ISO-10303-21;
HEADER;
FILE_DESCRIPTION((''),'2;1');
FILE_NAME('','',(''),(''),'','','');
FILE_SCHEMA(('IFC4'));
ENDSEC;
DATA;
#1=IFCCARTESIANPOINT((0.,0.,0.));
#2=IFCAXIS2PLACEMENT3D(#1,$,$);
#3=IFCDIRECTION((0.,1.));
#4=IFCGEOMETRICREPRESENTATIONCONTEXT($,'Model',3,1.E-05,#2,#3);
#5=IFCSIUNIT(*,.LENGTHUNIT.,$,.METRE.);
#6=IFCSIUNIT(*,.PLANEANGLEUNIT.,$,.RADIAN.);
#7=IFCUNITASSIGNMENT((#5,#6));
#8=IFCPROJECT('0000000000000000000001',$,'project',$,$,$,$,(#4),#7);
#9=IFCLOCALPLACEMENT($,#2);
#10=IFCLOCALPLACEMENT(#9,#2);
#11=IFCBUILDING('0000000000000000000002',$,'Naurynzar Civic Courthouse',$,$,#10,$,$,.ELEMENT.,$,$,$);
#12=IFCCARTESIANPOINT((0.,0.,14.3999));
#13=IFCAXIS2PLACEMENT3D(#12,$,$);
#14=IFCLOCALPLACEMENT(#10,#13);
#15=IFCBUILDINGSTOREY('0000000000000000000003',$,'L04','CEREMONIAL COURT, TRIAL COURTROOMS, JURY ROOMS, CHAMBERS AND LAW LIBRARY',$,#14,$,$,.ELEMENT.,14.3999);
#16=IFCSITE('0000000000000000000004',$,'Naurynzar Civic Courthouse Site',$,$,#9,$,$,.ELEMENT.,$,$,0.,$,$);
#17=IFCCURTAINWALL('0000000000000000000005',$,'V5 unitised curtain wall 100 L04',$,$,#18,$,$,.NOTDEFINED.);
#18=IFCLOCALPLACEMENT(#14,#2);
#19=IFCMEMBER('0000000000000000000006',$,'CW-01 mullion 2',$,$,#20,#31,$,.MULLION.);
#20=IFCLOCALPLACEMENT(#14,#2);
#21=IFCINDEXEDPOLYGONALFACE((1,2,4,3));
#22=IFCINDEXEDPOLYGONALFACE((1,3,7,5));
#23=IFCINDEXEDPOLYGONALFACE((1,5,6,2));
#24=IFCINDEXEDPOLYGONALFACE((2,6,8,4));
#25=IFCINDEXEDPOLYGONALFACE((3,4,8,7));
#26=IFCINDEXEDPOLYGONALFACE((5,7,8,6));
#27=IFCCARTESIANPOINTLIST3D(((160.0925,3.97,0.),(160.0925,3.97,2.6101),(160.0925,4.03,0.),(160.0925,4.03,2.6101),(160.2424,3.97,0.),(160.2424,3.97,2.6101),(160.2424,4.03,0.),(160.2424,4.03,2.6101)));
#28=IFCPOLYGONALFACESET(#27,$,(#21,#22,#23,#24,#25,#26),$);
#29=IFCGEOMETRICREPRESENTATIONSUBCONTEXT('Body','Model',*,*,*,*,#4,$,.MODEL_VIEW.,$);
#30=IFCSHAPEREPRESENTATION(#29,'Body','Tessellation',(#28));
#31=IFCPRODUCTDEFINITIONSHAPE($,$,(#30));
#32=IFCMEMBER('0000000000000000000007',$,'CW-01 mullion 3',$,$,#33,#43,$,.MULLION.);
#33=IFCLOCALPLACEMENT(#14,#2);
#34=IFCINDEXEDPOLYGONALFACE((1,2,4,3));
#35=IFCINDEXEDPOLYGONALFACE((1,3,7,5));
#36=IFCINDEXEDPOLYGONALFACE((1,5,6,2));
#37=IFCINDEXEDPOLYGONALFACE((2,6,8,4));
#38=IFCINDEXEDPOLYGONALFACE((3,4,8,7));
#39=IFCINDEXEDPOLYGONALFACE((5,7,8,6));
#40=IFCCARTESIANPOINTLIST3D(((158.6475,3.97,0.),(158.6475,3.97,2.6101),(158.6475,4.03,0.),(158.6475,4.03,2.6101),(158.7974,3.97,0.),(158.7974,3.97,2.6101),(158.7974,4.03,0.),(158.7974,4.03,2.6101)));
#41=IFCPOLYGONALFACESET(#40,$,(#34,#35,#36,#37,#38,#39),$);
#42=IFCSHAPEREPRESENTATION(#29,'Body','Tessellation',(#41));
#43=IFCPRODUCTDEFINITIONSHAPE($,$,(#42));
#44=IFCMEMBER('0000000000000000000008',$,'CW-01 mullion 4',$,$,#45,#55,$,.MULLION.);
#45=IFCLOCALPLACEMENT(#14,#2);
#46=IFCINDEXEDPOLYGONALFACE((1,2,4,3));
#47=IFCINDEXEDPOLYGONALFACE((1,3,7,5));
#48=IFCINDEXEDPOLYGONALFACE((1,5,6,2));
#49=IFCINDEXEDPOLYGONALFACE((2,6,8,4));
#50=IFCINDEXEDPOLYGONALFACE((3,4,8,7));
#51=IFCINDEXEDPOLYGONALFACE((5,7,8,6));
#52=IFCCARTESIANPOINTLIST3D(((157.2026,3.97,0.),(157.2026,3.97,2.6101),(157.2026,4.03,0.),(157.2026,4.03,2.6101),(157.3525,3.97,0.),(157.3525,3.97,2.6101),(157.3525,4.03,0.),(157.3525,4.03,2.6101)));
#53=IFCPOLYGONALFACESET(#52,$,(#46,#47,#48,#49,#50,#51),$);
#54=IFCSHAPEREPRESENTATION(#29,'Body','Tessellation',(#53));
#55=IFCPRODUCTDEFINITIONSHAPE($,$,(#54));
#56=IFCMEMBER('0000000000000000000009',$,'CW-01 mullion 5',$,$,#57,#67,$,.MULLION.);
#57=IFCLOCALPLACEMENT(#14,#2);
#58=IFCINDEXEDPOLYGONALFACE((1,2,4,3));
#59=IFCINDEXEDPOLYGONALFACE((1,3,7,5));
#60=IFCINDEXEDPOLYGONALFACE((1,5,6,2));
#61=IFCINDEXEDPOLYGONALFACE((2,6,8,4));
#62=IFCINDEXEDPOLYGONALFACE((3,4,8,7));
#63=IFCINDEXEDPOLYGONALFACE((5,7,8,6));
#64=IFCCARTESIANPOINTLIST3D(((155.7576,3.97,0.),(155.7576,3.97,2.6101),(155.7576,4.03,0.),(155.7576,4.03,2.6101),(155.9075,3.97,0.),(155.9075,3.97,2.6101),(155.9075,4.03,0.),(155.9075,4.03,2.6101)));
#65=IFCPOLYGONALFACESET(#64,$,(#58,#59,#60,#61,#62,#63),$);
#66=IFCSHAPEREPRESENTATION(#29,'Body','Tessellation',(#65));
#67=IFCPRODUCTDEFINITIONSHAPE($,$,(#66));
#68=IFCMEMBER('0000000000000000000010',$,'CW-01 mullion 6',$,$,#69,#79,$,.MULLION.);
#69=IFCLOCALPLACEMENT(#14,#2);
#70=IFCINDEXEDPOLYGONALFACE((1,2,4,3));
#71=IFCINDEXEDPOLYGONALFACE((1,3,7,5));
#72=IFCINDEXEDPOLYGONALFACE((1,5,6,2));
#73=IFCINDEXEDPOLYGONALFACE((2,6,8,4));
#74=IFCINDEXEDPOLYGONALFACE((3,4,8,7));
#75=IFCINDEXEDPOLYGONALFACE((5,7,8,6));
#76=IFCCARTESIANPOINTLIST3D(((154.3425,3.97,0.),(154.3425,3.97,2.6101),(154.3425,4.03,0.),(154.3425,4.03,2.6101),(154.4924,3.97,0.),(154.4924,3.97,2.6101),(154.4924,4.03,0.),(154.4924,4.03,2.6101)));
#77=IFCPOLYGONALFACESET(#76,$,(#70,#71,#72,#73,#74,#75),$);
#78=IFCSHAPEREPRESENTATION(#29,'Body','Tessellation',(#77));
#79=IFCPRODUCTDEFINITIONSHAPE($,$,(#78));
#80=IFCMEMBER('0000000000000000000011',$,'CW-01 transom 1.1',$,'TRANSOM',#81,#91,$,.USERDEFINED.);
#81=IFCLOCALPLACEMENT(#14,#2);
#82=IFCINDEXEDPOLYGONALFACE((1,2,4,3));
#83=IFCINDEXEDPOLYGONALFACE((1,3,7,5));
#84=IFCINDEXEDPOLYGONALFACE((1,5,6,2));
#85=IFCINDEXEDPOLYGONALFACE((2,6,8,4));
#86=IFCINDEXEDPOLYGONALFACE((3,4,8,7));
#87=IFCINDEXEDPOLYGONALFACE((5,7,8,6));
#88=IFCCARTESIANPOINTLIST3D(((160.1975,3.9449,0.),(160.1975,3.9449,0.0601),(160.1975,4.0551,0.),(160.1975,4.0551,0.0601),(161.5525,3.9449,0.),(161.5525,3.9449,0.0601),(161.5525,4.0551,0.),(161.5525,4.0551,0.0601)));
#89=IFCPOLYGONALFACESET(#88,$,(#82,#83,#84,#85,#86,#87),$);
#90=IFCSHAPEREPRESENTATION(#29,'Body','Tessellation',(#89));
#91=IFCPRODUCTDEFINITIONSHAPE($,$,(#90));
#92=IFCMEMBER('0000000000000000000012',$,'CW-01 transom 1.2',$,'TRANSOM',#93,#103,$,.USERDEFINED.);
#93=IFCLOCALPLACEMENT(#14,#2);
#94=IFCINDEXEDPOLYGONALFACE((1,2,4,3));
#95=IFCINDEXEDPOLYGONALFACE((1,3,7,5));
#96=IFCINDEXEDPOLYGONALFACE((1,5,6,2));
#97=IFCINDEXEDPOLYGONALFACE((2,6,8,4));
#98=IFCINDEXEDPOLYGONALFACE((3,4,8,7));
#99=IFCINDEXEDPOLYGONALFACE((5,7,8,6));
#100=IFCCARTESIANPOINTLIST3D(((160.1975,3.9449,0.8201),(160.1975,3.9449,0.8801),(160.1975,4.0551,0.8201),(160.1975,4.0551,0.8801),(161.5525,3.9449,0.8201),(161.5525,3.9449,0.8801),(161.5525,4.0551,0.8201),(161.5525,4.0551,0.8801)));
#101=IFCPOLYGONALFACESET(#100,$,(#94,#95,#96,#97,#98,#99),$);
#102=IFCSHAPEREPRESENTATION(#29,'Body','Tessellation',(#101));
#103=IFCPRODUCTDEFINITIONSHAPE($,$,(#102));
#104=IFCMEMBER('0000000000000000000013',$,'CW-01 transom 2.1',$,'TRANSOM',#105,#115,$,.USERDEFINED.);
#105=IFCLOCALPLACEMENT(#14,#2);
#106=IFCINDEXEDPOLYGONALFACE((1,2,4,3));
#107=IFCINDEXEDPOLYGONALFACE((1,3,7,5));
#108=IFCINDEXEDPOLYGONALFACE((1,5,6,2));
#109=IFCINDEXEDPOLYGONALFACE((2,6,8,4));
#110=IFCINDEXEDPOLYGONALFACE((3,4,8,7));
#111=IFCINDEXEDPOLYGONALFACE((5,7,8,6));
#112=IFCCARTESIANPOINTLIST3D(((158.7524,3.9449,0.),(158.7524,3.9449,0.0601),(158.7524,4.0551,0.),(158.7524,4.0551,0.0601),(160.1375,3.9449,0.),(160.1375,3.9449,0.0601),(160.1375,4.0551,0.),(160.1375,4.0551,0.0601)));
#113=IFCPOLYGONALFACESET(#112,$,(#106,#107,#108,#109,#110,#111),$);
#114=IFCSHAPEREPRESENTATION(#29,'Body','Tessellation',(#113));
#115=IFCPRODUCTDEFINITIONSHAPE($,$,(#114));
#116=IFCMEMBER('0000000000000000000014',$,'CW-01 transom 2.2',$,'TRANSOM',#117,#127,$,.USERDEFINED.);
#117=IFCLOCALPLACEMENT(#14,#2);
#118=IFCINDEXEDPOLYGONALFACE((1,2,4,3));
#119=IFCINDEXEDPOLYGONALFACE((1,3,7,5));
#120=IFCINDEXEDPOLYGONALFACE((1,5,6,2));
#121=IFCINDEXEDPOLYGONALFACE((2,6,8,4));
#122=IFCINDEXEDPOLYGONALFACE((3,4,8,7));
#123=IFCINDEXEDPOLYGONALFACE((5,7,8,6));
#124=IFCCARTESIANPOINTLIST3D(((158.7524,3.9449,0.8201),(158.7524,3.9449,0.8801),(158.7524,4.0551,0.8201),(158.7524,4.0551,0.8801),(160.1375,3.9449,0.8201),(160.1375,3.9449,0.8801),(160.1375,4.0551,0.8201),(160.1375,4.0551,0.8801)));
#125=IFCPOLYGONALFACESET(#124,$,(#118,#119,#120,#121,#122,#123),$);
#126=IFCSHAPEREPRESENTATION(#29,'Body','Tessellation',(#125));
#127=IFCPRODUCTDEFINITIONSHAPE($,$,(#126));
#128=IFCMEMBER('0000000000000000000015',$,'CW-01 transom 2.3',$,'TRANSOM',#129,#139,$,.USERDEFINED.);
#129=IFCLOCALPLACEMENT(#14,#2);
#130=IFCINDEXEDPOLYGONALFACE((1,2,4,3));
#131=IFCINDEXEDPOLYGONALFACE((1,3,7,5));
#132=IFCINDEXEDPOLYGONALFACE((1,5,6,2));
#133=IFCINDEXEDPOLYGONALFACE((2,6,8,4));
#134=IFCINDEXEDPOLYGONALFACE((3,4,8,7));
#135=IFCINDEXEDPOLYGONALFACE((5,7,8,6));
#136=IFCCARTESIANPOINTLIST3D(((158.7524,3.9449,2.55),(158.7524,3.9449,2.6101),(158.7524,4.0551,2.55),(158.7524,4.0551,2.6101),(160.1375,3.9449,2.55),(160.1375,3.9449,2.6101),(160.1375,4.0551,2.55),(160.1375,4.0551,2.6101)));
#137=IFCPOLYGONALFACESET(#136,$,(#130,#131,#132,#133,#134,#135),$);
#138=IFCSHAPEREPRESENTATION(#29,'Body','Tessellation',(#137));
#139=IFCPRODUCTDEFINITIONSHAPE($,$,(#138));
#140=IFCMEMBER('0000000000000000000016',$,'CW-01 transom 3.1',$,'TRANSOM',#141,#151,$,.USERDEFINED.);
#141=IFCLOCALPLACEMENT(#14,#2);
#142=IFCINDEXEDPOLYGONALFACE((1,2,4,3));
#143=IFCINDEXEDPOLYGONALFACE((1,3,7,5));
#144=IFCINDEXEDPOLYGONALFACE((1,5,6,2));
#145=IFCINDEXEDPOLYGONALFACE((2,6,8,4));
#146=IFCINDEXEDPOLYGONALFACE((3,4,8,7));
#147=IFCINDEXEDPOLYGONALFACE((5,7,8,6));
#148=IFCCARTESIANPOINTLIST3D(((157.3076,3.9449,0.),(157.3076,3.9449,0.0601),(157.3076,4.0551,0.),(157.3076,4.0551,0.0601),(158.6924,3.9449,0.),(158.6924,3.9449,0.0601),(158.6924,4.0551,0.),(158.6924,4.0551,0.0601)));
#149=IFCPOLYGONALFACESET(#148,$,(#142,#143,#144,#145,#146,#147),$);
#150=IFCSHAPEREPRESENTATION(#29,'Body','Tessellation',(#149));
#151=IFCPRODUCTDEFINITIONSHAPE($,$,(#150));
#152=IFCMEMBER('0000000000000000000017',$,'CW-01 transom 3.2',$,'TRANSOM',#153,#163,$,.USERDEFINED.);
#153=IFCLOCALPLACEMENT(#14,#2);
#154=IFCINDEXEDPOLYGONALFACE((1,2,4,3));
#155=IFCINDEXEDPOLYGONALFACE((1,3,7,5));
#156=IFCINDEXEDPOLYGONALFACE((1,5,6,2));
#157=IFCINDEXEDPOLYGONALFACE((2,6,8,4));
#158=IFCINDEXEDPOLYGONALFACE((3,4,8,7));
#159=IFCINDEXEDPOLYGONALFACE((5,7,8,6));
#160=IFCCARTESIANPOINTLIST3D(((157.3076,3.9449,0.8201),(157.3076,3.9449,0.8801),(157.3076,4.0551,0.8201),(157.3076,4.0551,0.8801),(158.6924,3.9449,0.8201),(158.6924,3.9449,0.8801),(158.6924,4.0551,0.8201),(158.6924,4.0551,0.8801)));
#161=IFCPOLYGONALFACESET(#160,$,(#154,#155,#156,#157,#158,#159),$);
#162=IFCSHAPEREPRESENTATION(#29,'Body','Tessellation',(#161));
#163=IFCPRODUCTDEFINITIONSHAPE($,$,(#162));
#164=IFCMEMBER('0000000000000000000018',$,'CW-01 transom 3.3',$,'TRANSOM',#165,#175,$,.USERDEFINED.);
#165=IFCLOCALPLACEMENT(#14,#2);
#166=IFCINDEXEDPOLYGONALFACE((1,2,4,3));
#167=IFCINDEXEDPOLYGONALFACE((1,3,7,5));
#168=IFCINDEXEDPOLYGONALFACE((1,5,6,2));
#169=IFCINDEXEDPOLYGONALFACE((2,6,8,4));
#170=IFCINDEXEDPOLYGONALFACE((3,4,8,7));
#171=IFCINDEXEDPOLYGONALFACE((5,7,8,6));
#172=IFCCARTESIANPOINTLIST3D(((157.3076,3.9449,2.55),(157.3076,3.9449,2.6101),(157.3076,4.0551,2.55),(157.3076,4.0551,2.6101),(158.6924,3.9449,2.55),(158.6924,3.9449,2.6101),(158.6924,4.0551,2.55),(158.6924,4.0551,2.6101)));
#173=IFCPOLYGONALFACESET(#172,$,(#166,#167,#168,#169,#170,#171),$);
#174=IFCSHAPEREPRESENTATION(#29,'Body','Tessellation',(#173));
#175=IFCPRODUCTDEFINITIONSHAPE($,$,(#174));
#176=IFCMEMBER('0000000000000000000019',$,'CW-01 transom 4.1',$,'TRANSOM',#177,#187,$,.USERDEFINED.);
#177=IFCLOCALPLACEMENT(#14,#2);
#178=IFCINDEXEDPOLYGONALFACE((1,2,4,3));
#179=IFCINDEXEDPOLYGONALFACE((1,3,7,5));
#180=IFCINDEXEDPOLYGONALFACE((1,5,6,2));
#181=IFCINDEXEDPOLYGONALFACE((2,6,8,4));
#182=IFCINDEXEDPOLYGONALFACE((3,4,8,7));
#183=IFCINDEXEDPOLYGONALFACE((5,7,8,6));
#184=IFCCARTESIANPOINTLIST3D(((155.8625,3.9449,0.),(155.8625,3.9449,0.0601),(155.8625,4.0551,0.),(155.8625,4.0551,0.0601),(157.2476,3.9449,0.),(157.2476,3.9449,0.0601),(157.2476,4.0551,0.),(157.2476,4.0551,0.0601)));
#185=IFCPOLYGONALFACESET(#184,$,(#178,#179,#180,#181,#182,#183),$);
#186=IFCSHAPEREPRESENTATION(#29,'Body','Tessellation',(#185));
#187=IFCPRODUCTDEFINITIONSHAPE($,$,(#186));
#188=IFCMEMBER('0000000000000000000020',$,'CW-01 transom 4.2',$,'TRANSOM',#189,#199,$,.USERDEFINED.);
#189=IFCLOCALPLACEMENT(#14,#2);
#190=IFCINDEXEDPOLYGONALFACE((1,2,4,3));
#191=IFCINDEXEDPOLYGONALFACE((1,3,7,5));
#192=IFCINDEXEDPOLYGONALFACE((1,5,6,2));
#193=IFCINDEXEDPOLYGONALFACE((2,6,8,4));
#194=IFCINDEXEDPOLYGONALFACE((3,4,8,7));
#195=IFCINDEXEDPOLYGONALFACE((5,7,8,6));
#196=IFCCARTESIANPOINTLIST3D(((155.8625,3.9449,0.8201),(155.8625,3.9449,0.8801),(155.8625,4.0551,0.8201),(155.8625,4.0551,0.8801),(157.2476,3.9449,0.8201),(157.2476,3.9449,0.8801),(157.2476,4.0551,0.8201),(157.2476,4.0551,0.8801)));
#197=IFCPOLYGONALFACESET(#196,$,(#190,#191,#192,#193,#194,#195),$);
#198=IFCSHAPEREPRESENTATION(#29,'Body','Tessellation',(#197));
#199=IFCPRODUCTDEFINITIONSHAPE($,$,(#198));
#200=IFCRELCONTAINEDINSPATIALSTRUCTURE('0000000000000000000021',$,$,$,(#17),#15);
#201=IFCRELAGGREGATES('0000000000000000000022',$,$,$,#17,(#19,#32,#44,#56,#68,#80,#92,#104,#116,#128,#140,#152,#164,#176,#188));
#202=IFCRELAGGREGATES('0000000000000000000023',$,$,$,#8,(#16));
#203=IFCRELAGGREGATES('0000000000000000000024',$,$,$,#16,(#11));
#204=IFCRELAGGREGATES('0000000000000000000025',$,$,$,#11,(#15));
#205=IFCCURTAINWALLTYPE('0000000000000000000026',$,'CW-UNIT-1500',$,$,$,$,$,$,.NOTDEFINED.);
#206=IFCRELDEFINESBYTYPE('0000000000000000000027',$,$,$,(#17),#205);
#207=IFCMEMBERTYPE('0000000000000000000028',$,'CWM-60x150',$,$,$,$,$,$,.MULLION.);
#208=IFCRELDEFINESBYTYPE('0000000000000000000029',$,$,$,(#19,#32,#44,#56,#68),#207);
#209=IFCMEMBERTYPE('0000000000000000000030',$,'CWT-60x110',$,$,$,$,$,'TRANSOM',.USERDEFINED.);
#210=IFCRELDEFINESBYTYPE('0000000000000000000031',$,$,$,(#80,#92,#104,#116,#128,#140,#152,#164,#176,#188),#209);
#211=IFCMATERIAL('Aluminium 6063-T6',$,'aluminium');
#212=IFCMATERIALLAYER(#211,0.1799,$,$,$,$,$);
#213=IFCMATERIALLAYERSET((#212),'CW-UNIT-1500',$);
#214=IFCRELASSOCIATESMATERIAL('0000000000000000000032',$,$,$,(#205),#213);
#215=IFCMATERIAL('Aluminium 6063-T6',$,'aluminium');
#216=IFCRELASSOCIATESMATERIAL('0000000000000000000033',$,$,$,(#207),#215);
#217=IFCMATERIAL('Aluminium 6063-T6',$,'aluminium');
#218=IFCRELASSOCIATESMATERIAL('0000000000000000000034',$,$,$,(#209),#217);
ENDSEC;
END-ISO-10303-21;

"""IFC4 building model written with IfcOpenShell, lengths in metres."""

from ifc_helpers import new_model, si_unit, direction, frame, origin, origin_2d, place, context, subcontext, project, spatial, rectangle, extrude, material, layer, layer_set, material_profile, profile_set, type_object, element, aggregate, save


model = new_model("IFC4")

# Units and contexts
model_context = context("Model", 3, precision=1e-05, world=origin(), true_north=direction((0.0, 1.0)))
body_context = subcontext(model_context, "Body", "Model", "MODEL_VIEW")
ifc_project = project(units=[si_unit("LENGTHUNIT", "METRE"), si_unit("PLANEANGLEUNIT", "RADIAN")], contexts=[model_context])

# Site, building, storey
site_placement = place(None, origin())
site = spatial("IfcSite", under=ifc_project, at=site_placement, Name="Naurynzar Civic Courthouse Site", CompositionType="ELEMENT", RefElevation=0.0)
building_placement = place(site_placement, origin())
building = spatial("IfcBuilding", under=site, at=building_placement, Name="Naurynzar Civic Courthouse", CompositionType="ELEMENT")
storey_placement = place(building_placement, frame((0.0, 0.0, 14.3999)))
storey = spatial("IfcBuildingStorey", under=building, at=storey_placement, Name="L04", Description="CEREMONIAL COURT, TRIAL COURTROOMS, JURY ROOMS, CHAMBERS AND LAW LIBRARY", CompositionType="ELEMENT", Elevation=14.3999)

# Curtain wall, members
ifc_material_1 = material(Name="Aluminium 6063-T6", Category="aluminium")
ifc_layer_1 = layer(ifc_material_1, 0.1799)
ifc_layer_set_1 = layer_set([ifc_layer_1], Name="CW-UNIT-1500")
curtain_wall_type = type_object("IfcCurtainWallType", Name="CW-UNIT-1500", PredefinedType="NOTDEFINED", material=ifc_layer_set_1)
curtain_wall_placement = place(storey_placement, origin())
curtain_wall = element("IfcCurtainWall", 1, at=curtain_wall_placement, inside=storey, type_object=curtain_wall_type, Name="V5 unitised curtain wall 100 L04", PredefinedType="NOTDEFINED")
ifc_material_2 = material(Name="Aluminium 6063-T6", Category="aluminium")
ifc_material_profile_1 = material_profile(ifc_material_2, rectangle(XDim=0.0601, YDim=0.1499, at=origin_2d()), Name="ALU MULLION 60x150")
ifc_profile_set_1 = profile_set([ifc_material_profile_1], Name="Aluminium 6063-T6")
member_type_1 = type_object("IfcMemberType", Name="CWM-60x150", PredefinedType="MULLION", material=ifc_profile_set_1)
member_1_placement = place(storey_placement, frame((160.1675, 4.0, 0.0), z_axis=(0.0, 0.0, 1.0), x_axis=(0.0, -1.0, 0.0)))
member_1 = element("IfcMember", 2, at=member_1_placement, type_object=member_type_1, Name="CW-01 mullion 2", PredefinedType="MULLION", context=body_context, shape_type="SweptSolid", body=[
    extrude(rectangle(XDim=0.0601, YDim=0.1499, at=origin_2d()), origin(), (0.0, 0.0, 1.0), 2.6101),
])
member_2_placement = place(storey_placement, frame((158.7224, 4.0, 0.0), z_axis=(0.0, 0.0, 1.0), x_axis=(0.0, -1.0, 0.0)))
member_2 = element("IfcMember", 3, at=member_2_placement, type_object=member_type_1, Name="CW-01 mullion 3", PredefinedType="MULLION", context=body_context, shape_type="SweptSolid", body=[
    extrude(rectangle(XDim=0.0601, YDim=0.1499, at=origin_2d()), origin(), (0.0, 0.0, 1.0), 2.6101),
])
member_3_placement = place(storey_placement, frame((157.2776, 4.0, 0.0), z_axis=(0.0, 0.0, 1.0), x_axis=(0.0, -1.0, 0.0)))
member_3 = element("IfcMember", 4, at=member_3_placement, type_object=member_type_1, Name="CW-01 mullion 4", PredefinedType="MULLION", context=body_context, shape_type="SweptSolid", body=[
    extrude(rectangle(XDim=0.0601, YDim=0.1499, at=origin_2d()), origin(), (0.0, 0.0, 1.0), 2.6101),
])
member_4_placement = place(storey_placement, frame((155.8325, 4.0, 0.0), z_axis=(0.0, 0.0, 1.0), x_axis=(0.0, -1.0, 0.0)))
member_4 = element("IfcMember", 5, at=member_4_placement, type_object=member_type_1, Name="CW-01 mullion 5", PredefinedType="MULLION", context=body_context, shape_type="SweptSolid", body=[
    extrude(rectangle(XDim=0.0601, YDim=0.1499, at=origin_2d()), origin(), (0.0, 0.0, 1.0), 2.6101),
])
member_5_placement = place(storey_placement, frame((154.4175, 4.0, 0.0), z_axis=(0.0, 0.0, 1.0), x_axis=(0.0, -1.0, 0.0)))
member_5 = element("IfcMember", 6, at=member_5_placement, type_object=member_type_1, Name="CW-01 mullion 6", PredefinedType="MULLION", context=body_context, shape_type="SweptSolid", body=[
    extrude(rectangle(XDim=0.0601, YDim=0.1499, at=origin_2d()), origin(), (0.0, 0.0, 1.0), 2.6101),
])
ifc_material_3 = material(Name="Aluminium 6063-T6", Category="aluminium")
ifc_material_profile_2 = material_profile(ifc_material_3, rectangle(XDim=0.1101, YDim=0.0601, at=origin_2d()), Name="ALU TRANSOM 60x110")
ifc_profile_set_2 = profile_set([ifc_material_profile_2], Name="Aluminium 6063-T6")
member_type_2 = type_object("IfcMemberType", Name="CWT-60x110", ElementType="TRANSOM", PredefinedType="USERDEFINED", material=ifc_profile_set_2)
member_6_placement = place(storey_placement, frame((161.5525, 4.0, 0.03), z_axis=(-1.0, 0.0, 0.0), x_axis=(0.0, -1.0, 0.0)))
member_6 = element("IfcMember", 7, at=member_6_placement, type_object=member_type_2, Name="CW-01 transom 1.1", ObjectType="TRANSOM", PredefinedType="USERDEFINED", context=body_context, shape_type="SweptSolid", body=[
    extrude(rectangle(XDim=0.1101, YDim=0.0601, at=origin_2d()), origin(), (0.0, 0.0, 1.0), 1.355),
])
member_7_placement = place(storey_placement, frame((161.5525, 4.0, 0.8501), z_axis=(-1.0, 0.0, 0.0), x_axis=(0.0, -1.0, 0.0)))
member_7 = element("IfcMember", 8, at=member_7_placement, type_object=member_type_2, Name="CW-01 transom 1.2", ObjectType="TRANSOM", PredefinedType="USERDEFINED", context=body_context, shape_type="SweptSolid", body=[
    extrude(rectangle(XDim=0.1101, YDim=0.0601, at=origin_2d()), origin(), (0.0, 0.0, 1.0), 1.355),
])
member_8_placement = place(storey_placement, frame((160.1375, 4.0, 0.03), z_axis=(-1.0, 0.0, 0.0), x_axis=(0.0, -1.0, 0.0)))
member_8 = element("IfcMember", 9, at=member_8_placement, type_object=member_type_2, Name="CW-01 transom 2.1", ObjectType="TRANSOM", PredefinedType="USERDEFINED", context=body_context, shape_type="SweptSolid", body=[
    extrude(rectangle(XDim=0.1101, YDim=0.0601, at=origin_2d()), origin(), (0.0, 0.0, 1.0), 1.385),
])
member_9_placement = place(storey_placement, frame((160.1375, 4.0, 0.8501), z_axis=(-1.0, 0.0, 0.0), x_axis=(0.0, -1.0, 0.0)))
member_9 = element("IfcMember", 10, at=member_9_placement, type_object=member_type_2, Name="CW-01 transom 2.2", ObjectType="TRANSOM", PredefinedType="USERDEFINED", context=body_context, shape_type="SweptSolid", body=[
    extrude(rectangle(XDim=0.1101, YDim=0.0601, at=origin_2d()), origin(), (0.0, 0.0, 1.0), 1.385),
])
member_10_placement = place(storey_placement, frame((160.1375, 4.0, 2.5801), z_axis=(-1.0, 0.0, 0.0), x_axis=(0.0, -1.0, 0.0)))
member_10 = element("IfcMember", 11, at=member_10_placement, type_object=member_type_2, Name="CW-01 transom 2.3", ObjectType="TRANSOM", PredefinedType="USERDEFINED", context=body_context, shape_type="SweptSolid", body=[
    extrude(rectangle(XDim=0.1101, YDim=0.0601, at=origin_2d()), origin(), (0.0, 0.0, 1.0), 1.385),
])
member_11_placement = place(storey_placement, frame((158.6924, 4.0, 0.03), z_axis=(-1.0, 0.0, 0.0), x_axis=(0.0, -1.0, 0.0)))
member_11 = element("IfcMember", 12, at=member_11_placement, type_object=member_type_2, Name="CW-01 transom 3.1", ObjectType="TRANSOM", PredefinedType="USERDEFINED", context=body_context, shape_type="SweptSolid", body=[
    extrude(rectangle(XDim=0.1101, YDim=0.0601, at=origin_2d()), origin(), (0.0, 0.0, 1.0), 1.3848),
])
member_12_placement = place(storey_placement, frame((158.6924, 4.0, 0.8501), z_axis=(-1.0, 0.0, 0.0), x_axis=(0.0, -1.0, 0.0)))
member_12 = element("IfcMember", 13, at=member_12_placement, type_object=member_type_2, Name="CW-01 transom 3.2", ObjectType="TRANSOM", PredefinedType="USERDEFINED", context=body_context, shape_type="SweptSolid", body=[
    extrude(rectangle(XDim=0.1101, YDim=0.0601, at=origin_2d()), origin(), (0.0, 0.0, 1.0), 1.3848),
])
member_13_placement = place(storey_placement, frame((158.6924, 4.0, 2.5801), z_axis=(-1.0, 0.0, 0.0), x_axis=(0.0, -1.0, 0.0)))
member_13 = element("IfcMember", 14, at=member_13_placement, type_object=member_type_2, Name="CW-01 transom 3.3", ObjectType="TRANSOM", PredefinedType="USERDEFINED", context=body_context, shape_type="SweptSolid", body=[
    extrude(rectangle(XDim=0.1101, YDim=0.0601, at=origin_2d()), origin(), (0.0, 0.0, 1.0), 1.3848),
])
member_14_placement = place(storey_placement, frame((157.2476, 4.0, 0.03), z_axis=(-1.0, 0.0, 0.0), x_axis=(0.0, -1.0, 0.0)))
member_14 = element("IfcMember", 15, at=member_14_placement, type_object=member_type_2, Name="CW-01 transom 4.1", ObjectType="TRANSOM", PredefinedType="USERDEFINED", context=body_context, shape_type="SweptSolid", body=[
    extrude(rectangle(XDim=0.1101, YDim=0.0601, at=origin_2d()), origin(), (0.0, 0.0, 1.0), 1.385),
])
member_15_placement = place(storey_placement, frame((157.2476, 4.0, 0.8501), z_axis=(-1.0, 0.0, 0.0), x_axis=(0.0, -1.0, 0.0)))
member_15 = element("IfcMember", 16, at=member_15_placement, type_object=member_type_2, Name="CW-01 transom 4.2", ObjectType="TRANSOM", PredefinedType="USERDEFINED", context=body_context, shape_type="SweptSolid", body=[
    extrude(rectangle(XDim=0.1101, YDim=0.0601, at=origin_2d()), origin(), (0.0, 0.0, 1.0), 1.385),
])
aggregate(curtain_wall, [member_1, member_2, member_3, member_4, member_5, member_6, member_7, member_8, member_9, member_10, member_11, member_12, member_13, member_14, member_15])

save(model, "model.ifc")
